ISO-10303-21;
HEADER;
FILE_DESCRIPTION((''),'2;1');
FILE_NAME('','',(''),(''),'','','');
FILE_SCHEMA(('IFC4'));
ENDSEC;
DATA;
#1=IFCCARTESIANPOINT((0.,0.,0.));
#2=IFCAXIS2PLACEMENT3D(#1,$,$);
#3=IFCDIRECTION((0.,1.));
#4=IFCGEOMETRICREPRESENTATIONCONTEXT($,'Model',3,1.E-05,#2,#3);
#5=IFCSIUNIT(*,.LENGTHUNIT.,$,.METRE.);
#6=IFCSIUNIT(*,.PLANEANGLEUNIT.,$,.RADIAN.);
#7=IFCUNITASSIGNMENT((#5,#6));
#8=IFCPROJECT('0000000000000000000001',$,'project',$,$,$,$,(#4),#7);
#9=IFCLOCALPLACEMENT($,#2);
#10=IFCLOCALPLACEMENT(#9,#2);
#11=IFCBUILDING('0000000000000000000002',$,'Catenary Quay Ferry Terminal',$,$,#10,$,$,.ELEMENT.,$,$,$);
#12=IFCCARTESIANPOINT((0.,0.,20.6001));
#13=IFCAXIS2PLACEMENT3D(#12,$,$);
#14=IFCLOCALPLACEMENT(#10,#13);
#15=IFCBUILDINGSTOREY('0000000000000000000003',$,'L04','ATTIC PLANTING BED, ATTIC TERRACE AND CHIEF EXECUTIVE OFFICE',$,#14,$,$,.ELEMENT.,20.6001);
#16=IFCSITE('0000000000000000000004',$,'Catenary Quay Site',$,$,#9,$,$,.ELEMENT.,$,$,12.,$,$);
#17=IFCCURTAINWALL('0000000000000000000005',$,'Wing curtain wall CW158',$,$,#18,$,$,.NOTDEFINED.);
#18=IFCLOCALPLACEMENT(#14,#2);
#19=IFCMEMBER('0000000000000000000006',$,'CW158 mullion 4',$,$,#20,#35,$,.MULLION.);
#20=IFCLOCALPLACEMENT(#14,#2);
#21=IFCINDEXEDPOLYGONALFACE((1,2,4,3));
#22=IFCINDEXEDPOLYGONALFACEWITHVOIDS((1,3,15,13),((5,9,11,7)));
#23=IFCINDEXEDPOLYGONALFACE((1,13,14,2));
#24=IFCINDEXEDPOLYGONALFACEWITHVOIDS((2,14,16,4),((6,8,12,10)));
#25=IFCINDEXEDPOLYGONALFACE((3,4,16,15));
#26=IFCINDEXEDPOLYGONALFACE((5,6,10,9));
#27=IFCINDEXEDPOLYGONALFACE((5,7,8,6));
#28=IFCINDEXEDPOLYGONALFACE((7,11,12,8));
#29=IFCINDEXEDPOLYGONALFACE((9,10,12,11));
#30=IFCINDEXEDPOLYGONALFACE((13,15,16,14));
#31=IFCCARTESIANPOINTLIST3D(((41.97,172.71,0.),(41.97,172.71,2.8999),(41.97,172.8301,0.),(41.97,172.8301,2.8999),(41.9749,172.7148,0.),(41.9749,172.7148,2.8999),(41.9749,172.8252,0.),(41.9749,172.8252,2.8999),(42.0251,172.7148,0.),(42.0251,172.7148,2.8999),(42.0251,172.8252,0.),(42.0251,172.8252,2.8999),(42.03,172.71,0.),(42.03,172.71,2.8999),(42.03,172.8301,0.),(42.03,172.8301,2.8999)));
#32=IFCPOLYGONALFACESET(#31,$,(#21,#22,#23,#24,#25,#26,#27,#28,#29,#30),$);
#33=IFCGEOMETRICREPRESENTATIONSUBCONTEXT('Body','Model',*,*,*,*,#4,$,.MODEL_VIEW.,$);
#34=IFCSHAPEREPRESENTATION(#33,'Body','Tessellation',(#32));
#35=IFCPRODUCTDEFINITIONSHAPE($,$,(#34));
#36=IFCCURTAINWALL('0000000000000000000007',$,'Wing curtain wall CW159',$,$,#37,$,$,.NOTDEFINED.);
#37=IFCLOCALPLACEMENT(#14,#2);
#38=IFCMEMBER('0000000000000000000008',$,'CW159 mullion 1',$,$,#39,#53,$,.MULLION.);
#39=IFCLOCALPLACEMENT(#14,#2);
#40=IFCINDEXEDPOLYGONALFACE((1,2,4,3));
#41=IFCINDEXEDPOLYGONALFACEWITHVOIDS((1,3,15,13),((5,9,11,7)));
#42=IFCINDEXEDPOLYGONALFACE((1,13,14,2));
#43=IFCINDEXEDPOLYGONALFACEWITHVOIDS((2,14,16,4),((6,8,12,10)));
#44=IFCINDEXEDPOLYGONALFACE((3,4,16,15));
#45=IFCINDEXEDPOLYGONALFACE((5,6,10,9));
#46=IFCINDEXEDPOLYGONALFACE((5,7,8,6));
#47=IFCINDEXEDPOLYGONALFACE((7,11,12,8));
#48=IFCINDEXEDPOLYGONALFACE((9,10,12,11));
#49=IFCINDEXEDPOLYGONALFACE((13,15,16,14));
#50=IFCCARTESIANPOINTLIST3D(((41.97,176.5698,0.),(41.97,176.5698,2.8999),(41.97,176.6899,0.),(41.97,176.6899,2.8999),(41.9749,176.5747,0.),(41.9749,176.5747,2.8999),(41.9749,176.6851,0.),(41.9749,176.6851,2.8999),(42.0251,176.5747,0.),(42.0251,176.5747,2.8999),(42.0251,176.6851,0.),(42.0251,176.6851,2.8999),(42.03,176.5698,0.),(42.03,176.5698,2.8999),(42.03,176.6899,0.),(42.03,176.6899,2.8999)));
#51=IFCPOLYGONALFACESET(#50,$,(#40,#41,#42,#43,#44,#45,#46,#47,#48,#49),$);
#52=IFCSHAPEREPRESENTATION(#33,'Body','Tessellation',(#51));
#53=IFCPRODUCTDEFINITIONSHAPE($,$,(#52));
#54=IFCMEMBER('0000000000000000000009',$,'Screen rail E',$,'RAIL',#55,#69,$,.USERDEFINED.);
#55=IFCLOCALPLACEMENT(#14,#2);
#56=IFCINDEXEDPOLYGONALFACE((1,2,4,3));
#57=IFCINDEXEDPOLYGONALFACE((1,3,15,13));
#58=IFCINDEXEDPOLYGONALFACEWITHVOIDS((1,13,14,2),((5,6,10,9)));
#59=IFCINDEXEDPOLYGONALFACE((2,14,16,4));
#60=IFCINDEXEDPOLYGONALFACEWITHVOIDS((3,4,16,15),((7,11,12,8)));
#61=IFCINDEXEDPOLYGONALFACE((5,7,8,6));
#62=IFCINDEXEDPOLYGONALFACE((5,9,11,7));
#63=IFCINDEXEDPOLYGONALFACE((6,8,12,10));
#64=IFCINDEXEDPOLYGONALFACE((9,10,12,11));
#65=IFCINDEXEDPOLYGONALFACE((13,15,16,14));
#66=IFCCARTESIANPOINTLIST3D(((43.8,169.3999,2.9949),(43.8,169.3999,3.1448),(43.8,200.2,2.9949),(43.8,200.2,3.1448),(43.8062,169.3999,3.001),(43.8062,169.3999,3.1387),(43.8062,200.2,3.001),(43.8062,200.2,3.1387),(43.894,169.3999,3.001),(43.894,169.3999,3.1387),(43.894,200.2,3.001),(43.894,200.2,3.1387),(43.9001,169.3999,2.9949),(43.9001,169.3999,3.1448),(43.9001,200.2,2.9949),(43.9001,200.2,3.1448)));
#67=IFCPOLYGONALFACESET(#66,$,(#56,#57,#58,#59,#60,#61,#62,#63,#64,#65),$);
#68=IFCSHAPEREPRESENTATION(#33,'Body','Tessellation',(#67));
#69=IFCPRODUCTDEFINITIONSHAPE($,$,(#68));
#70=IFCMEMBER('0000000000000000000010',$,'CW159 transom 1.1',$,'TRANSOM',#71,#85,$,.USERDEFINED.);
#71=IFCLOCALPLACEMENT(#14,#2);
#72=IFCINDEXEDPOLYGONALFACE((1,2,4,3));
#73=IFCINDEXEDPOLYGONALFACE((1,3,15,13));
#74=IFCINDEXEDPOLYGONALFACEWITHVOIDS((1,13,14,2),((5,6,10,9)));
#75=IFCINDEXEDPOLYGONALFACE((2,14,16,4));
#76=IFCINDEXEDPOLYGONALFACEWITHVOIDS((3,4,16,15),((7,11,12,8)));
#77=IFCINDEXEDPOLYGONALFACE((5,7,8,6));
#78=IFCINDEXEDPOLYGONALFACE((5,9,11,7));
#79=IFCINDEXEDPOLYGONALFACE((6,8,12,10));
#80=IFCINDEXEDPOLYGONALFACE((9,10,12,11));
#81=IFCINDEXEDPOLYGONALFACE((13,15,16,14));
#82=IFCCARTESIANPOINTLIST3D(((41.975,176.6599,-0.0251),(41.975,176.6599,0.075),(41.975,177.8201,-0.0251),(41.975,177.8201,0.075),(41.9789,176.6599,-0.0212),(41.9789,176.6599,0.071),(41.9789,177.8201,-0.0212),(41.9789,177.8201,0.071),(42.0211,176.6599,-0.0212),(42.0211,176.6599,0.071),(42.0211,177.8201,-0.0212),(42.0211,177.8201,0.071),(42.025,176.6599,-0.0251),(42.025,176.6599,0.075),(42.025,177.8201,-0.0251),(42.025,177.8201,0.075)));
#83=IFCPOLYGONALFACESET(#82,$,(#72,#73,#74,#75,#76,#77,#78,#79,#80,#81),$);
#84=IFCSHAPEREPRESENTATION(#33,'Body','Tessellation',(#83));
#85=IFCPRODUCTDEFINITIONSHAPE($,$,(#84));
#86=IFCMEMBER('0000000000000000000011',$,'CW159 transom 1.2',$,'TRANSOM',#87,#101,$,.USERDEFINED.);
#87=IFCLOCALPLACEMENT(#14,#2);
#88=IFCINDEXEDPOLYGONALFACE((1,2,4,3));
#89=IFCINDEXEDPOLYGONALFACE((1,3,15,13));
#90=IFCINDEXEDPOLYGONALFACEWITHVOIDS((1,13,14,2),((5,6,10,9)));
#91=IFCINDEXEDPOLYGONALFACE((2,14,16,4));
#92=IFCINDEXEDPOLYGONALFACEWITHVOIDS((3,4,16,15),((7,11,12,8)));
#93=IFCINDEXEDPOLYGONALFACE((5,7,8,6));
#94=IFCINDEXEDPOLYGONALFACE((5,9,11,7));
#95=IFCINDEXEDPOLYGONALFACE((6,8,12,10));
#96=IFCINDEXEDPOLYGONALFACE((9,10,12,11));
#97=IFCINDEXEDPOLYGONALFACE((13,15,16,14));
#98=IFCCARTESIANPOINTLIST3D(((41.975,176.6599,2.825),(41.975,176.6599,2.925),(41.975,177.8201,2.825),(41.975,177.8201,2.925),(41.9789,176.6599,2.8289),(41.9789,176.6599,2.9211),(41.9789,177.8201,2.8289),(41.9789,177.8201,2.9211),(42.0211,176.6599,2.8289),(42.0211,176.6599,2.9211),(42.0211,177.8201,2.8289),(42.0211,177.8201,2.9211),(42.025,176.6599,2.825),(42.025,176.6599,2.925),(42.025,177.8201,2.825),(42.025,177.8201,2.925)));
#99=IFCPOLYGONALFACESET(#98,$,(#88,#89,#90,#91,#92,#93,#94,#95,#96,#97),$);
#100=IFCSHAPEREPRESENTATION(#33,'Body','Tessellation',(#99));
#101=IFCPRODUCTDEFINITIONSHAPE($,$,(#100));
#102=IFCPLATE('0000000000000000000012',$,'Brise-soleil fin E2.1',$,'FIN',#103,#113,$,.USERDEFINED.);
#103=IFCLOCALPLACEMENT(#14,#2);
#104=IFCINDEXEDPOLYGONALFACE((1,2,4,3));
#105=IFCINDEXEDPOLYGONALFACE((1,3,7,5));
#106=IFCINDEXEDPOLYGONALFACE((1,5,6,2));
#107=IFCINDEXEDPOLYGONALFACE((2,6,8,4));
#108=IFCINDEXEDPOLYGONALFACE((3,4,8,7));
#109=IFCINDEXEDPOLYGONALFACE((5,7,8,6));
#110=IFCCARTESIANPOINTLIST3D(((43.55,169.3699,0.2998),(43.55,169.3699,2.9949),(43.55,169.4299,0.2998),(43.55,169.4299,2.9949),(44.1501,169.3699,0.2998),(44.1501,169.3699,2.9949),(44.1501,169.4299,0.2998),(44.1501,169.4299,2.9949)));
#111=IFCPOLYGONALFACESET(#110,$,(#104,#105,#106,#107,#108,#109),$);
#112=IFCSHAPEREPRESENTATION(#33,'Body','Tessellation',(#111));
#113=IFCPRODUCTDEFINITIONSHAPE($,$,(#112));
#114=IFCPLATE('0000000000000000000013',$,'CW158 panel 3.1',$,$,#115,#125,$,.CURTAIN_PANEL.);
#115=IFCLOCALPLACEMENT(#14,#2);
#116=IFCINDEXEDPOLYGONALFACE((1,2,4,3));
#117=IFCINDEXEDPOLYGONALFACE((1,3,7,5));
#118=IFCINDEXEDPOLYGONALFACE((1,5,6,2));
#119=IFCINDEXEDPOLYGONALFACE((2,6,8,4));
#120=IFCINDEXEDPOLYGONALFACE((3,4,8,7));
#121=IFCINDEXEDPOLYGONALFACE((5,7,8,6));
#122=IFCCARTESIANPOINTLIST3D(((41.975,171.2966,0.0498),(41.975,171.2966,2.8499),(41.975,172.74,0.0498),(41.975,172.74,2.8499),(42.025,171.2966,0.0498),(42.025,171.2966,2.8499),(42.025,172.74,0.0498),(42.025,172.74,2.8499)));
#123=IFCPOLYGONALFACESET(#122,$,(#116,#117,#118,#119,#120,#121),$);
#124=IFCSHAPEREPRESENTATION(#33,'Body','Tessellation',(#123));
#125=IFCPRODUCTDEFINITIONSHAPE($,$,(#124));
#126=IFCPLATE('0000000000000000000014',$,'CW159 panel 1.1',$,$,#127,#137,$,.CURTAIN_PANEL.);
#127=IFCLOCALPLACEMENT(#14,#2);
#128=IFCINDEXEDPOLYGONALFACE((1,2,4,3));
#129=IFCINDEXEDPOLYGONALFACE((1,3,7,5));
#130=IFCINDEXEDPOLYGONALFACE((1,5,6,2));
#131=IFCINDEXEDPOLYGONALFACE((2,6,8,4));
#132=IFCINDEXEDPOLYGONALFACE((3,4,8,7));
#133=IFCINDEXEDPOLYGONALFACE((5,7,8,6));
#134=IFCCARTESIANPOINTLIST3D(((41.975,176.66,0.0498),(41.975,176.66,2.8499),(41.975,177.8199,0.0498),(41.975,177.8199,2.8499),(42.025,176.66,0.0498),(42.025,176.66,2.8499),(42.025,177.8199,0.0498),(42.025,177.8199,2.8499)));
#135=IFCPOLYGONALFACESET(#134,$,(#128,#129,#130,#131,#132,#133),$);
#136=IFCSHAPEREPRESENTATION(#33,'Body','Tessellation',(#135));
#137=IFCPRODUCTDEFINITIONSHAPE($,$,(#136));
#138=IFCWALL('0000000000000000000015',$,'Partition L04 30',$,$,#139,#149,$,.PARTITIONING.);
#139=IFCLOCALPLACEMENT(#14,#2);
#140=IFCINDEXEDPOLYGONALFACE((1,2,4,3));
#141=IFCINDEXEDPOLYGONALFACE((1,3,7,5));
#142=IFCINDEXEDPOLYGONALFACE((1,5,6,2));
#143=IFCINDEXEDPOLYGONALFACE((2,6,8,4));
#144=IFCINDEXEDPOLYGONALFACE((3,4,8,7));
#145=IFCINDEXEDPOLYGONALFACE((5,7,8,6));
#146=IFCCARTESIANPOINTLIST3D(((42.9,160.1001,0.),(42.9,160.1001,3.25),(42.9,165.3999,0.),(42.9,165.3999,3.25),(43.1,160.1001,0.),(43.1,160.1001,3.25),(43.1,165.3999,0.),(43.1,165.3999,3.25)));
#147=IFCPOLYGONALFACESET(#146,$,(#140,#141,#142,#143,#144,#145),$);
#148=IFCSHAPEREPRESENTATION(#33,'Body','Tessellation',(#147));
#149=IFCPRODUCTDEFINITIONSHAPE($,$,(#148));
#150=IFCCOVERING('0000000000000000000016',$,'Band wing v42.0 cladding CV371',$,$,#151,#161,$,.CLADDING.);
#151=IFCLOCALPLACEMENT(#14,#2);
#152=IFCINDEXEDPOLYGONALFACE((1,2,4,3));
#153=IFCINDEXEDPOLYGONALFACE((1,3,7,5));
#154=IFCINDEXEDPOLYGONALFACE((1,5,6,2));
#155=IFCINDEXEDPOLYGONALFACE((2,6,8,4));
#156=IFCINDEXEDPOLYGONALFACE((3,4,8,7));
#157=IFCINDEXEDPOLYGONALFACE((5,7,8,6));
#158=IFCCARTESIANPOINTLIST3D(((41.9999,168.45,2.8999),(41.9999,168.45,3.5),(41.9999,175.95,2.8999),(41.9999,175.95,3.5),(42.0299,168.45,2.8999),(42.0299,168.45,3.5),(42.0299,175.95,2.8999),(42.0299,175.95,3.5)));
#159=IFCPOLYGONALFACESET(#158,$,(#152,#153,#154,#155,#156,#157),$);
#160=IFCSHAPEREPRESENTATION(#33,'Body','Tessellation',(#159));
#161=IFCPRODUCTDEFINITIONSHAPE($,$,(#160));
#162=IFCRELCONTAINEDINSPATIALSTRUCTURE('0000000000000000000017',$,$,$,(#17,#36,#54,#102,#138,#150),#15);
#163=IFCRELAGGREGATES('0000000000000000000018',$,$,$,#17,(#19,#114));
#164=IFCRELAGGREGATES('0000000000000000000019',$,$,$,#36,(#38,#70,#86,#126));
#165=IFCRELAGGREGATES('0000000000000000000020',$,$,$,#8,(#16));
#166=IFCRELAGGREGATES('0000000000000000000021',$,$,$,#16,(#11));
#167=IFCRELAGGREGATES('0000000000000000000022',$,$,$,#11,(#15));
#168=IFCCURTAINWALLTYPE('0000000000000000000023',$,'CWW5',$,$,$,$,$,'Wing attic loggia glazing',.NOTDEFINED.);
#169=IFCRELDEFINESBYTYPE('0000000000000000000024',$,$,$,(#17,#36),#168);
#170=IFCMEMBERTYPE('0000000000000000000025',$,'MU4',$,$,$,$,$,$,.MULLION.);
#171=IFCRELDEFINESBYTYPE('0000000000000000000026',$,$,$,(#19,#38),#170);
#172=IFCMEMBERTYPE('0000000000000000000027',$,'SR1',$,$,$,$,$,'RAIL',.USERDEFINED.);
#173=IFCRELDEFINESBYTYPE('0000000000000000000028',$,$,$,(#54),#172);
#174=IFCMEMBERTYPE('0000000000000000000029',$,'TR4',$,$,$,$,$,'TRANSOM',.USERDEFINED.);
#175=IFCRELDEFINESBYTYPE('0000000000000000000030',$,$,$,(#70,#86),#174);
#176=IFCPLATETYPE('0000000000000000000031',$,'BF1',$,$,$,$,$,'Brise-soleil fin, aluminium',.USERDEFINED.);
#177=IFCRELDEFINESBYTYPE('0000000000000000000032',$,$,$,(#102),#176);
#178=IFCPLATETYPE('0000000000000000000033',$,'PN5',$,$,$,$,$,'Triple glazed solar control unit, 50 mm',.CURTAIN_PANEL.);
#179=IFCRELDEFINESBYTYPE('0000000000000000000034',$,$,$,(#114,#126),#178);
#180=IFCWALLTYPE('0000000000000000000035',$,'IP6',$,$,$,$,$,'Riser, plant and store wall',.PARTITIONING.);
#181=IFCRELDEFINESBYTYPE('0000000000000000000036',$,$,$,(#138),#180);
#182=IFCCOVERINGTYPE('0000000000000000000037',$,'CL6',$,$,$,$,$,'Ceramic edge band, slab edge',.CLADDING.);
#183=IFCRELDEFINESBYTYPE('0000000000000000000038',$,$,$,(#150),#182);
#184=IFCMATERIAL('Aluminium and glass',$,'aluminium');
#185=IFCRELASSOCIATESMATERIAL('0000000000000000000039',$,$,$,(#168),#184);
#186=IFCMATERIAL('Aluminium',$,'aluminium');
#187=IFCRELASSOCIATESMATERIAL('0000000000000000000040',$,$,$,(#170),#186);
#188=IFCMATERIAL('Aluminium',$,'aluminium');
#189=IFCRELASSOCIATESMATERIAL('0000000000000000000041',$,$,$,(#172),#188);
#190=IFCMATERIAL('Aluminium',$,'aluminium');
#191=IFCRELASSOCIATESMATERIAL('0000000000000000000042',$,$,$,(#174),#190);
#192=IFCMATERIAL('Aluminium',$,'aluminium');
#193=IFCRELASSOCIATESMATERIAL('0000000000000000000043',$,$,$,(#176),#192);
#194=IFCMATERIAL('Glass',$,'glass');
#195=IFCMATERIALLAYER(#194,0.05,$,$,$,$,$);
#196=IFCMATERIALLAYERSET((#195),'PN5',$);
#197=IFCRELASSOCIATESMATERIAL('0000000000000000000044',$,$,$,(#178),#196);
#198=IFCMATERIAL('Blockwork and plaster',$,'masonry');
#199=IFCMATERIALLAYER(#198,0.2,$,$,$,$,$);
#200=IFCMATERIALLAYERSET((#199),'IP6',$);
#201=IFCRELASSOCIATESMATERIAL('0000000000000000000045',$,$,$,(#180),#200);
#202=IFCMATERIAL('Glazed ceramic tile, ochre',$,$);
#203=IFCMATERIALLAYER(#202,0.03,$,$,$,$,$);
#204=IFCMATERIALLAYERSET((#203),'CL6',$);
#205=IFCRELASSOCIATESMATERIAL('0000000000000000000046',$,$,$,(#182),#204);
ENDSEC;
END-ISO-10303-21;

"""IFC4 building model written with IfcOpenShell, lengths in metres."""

from ifc_helpers import new_model, si_unit, direction, frame, frame_2d, origin, origin_2d, place, context, subcontext, project, spatial, rectangle, hollow_rectangle, extrude, material, layer, layer_set, material_profile, profile_set, type_object, element, aggregate, save


model = new_model("IFC4")

# Units and contexts
model_context = context("Model", 3, precision=1e-05, world=origin(), true_north=direction((0.0, 1.0)))
body_context = subcontext(model_context, "Body", "Model", "MODEL_VIEW")
ifc_project = project(units=[si_unit("LENGTHUNIT", "METRE"), si_unit("PLANEANGLEUNIT", "RADIAN")], contexts=[model_context])

# Site, building, storey
site_placement = place(None, origin())
site = spatial("IfcSite", under=ifc_project, at=site_placement, Name="Catenary Quay Site", CompositionType="ELEMENT", RefElevation=12.0)
building_placement = place(site_placement, origin())
building = spatial("IfcBuilding", under=site, at=building_placement, Name="Catenary Quay Ferry Terminal", CompositionType="ELEMENT")
storey_placement = place(building_placement, frame((0.0, 0.0, 20.6001)))
storey = spatial("IfcBuildingStorey", under=building, at=storey_placement, Name="L04", Description="ATTIC PLANTING BED, ATTIC TERRACE AND CHIEF EXECUTIVE OFFICE", CompositionType="ELEMENT", Elevation=20.6001)

# Curtain walls, members
ifc_material_1 = material(Name="Aluminium and glass", Category="aluminium")
curtain_wall_type = type_object("IfcCurtainWallType", Name="CWW5", ElementType="Wing attic loggia glazing", PredefinedType="NOTDEFINED", material=ifc_material_1)
curtain_wall_1_placement = place(storey_placement, origin())
curtain_wall_1 = element("IfcCurtainWall", 1, at=curtain_wall_1_placement, inside=storey, type_object=curtain_wall_type, Name="Wing curtain wall CW158", PredefinedType="NOTDEFINED")
ifc_material_2 = material(Name="Aluminium", Category="aluminium")
ifc_material_profile_1 = material_profile(ifc_material_2, hollow_rectangle(XDim=0.0601, YDim=0.1201, WallThickness=0.0049, at=origin_2d()), Name="MU4")
ifc_profile_set_1 = profile_set([ifc_material_profile_1], Name="Aluminium")
member_type_1 = type_object("IfcMemberType", Name="MU4", PredefinedType="MULLION", material=ifc_profile_set_1)
member_1_placement = place(storey_placement, frame((42.0, 172.77, 0.0), z_axis=(0.0, 0.0, 1.0), x_axis=(-1.0, 0.0, 0.0)))
member_1 = element("IfcMember", 2, at=member_1_placement, type_object=member_type_1, Name="CW158 mullion 4", PredefinedType="MULLION", context=body_context, shape_type="SweptSolid", body=[
    extrude(hollow_rectangle(XDim=0.0601, YDim=0.1201, WallThickness=0.0049, at=origin_2d()), origin(), (0.0, 0.0, 1.0), 2.8999),
])
curtain_wall_2_placement = place(storey_placement, origin())
curtain_wall_2 = element("IfcCurtainWall", 3, at=curtain_wall_2_placement, inside=storey, type_object=curtain_wall_type, Name="Wing curtain wall CW159", PredefinedType="NOTDEFINED")
member_2_placement = place(storey_placement, frame((42.0, 176.6299, 0.0), z_axis=(0.0, 0.0, 1.0), x_axis=(-1.0, 0.0, 0.0)))
member_2 = element("IfcMember", 4, at=member_2_placement, type_object=member_type_1, Name="CW159 mullion 1", PredefinedType="MULLION", context=body_context, shape_type="SweptSolid", body=[
    extrude(hollow_rectangle(XDim=0.0601, YDim=0.1201, WallThickness=0.0049, at=origin_2d()), origin(), (0.0, 0.0, 1.0), 2.8999),
])

# Members
ifc_material_3 = material(Name="Aluminium", Category="aluminium")
ifc_material_profile_2 = material_profile(ifc_material_3, hollow_rectangle(XDim=0.1001, YDim=0.1499, WallThickness=0.0061, at=origin_2d()), Name="SR1")
ifc_profile_set_2 = profile_set([ifc_material_profile_2], Name="Aluminium")
member_type_2 = type_object("IfcMemberType", Name="SR1", ElementType="RAIL", PredefinedType="USERDEFINED", material=ifc_profile_set_2)
member_3_placement = place(storey_placement, frame((43.8501, 169.3999, 3.0698), z_axis=(0.0, 1.0, 0.0), x_axis=(1.0, 0.0, 0.0)))
element("IfcMember", 5, at=member_3_placement, inside=storey, type_object=member_type_2, Name="Screen rail E", ObjectType="RAIL", PredefinedType="USERDEFINED", context=body_context, shape_type="SweptSolid", body=[
    extrude(hollow_rectangle(XDim=0.1001, YDim=0.1499, WallThickness=0.0061, at=origin_2d()), origin(), (0.0, 0.0, 1.0), 30.8),
])
ifc_material_4 = material(Name="Aluminium", Category="aluminium")
ifc_material_profile_3 = material_profile(ifc_material_4, hollow_rectangle(XDim=0.05, YDim=0.1001, WallThickness=0.0039, at=origin_2d()), Name="TR4")
ifc_profile_set_3 = profile_set([ifc_material_profile_3], Name="Aluminium")
member_type_3 = type_object("IfcMemberType", Name="TR4", ElementType="TRANSOM", PredefinedType="USERDEFINED", material=ifc_profile_set_3)
member_4_placement = place(storey_placement, frame((42.0, 176.6599, 0.0249), z_axis=(0.0, 1.0, 0.0), x_axis=(-1.0, 0.0, 0.0)))
member_4 = element("IfcMember", 6, at=member_4_placement, type_object=member_type_3, Name="CW159 transom 1.1", ObjectType="TRANSOM", PredefinedType="USERDEFINED", context=body_context, shape_type="SweptSolid", body=[
    extrude(hollow_rectangle(XDim=0.05, YDim=0.1001, WallThickness=0.0039, at=origin_2d()), origin(), (0.0, 0.0, 1.0), 1.1602),
])
member_5_placement = place(storey_placement, frame((42.0, 176.6599, 2.875), z_axis=(0.0, 1.0, 0.0), x_axis=(-1.0, 0.0, 0.0)))
member_5 = element("IfcMember", 7, at=member_5_placement, type_object=member_type_3, Name="CW159 transom 1.2", ObjectType="TRANSOM", PredefinedType="USERDEFINED", context=body_context, shape_type="SweptSolid", body=[
    extrude(hollow_rectangle(XDim=0.05, YDim=0.1001, WallThickness=0.0039, at=origin_2d()), origin(), (0.0, 0.0, 1.0), 1.1602),
])

# Plates
ifc_material_5 = material(Name="Aluminium", Category="aluminium")
ifc_material_profile_4 = material_profile(ifc_material_5, rectangle(XDim=0.0601, YDim=0.6001, at=origin_2d()), Name="BF1")
ifc_profile_set_4 = profile_set([ifc_material_profile_4], Name="Aluminium")
plate_type_1 = type_object("IfcPlateType", Name="BF1", ElementType="Brise-soleil fin, aluminium", PredefinedType="USERDEFINED", material=ifc_profile_set_4)
plate_1_placement = place(storey_placement, frame((43.8501, 169.3999, 0.2998), z_axis=(0.0, 0.0, 1.0), x_axis=(0.0, 1.0, 0.0)))
element("IfcPlate", 8, at=plate_1_placement, inside=storey, type_object=plate_type_1, Name="Brise-soleil fin E2.1", ObjectType="FIN", PredefinedType="USERDEFINED", context=body_context, shape_type="SweptSolid", body=[
    extrude(rectangle(XDim=0.0601, YDim=0.6001, at=origin_2d()), origin(), (0.0, 0.0, 1.0), 2.6951),
])
ifc_material_6 = material(Name="Glass", Category="glass")
ifc_layer_1 = layer(ifc_material_6, 0.05)
ifc_layer_set_1 = layer_set([ifc_layer_1], Name="PN5")
plate_type_2 = type_object("IfcPlateType", Name="PN5", ElementType="Triple glazed solar control unit, 50 mm", PredefinedType="CURTAIN_PANEL", material=ifc_layer_set_1)
plate_2_placement = place(storey_placement, frame((42.0, 172.0183, 0.0498), z_axis=(0.0, 0.0, 1.0), x_axis=(0.0, 1.0, 0.0)))
plate_2 = element("IfcPlate", 9, at=plate_2_placement, type_object=plate_type_2, Name="CW158 panel 3.1", PredefinedType="CURTAIN_PANEL", context=body_context, shape_type="SweptSolid", body=[
    extrude(rectangle(XDim=1.4434, YDim=0.05, at=origin_2d()), origin(), (0.0, 0.0, 1.0), 2.8),
])
aggregate(curtain_wall_1, [member_1, plate_2])
plate_3_placement = place(storey_placement, frame((42.0, 177.24, 0.0498), z_axis=(0.0, 0.0, 1.0), x_axis=(0.0, 1.0, 0.0)))
plate_3 = element("IfcPlate", 10, at=plate_3_placement, type_object=plate_type_2, Name="CW159 panel 1.1", PredefinedType="CURTAIN_PANEL", context=body_context, shape_type="SweptSolid", body=[
    extrude(rectangle(XDim=1.1599, YDim=0.05, at=origin_2d()), origin(), (0.0, 0.0, 1.0), 2.8),
])
aggregate(curtain_wall_2, [member_2, member_4, member_5, plate_3])

# Wall
ifc_material_7 = material(Name="Blockwork and plaster", Category="masonry")
ifc_layer_2 = layer(ifc_material_7, 0.2)
ifc_layer_set_2 = layer_set([ifc_layer_2], Name="IP6")
wall_type_1 = type_object("IfcWallType", Name="IP6", ElementType="Riser, plant and store wall", PredefinedType="PARTITIONING", material=ifc_layer_set_2)
wall_1_placement = place(storey_placement, frame((43.0, 160.1001, 0.0), z_axis=(0.0, 0.0, 1.0), x_axis=(0.0, 1.0, 0.0)))
element("IfcWall", 11, at=wall_1_placement, inside=storey, type_object=wall_type_1, Name="Partition L04 30", PredefinedType="PARTITIONING", context=body_context, shape_type="SweptSolid", body=[
    extrude(rectangle(XDim=5.2998, YDim=0.2, at=frame_2d((2.6499, 0.0))), origin(), (0.0, 0.0, 1.0), 3.25),
])

# Covering
ifc_material_8 = material(Name="Glazed ceramic tile, ochre")
ifc_layer_3 = layer(ifc_material_8, 0.03)
ifc_layer_set_3 = layer_set([ifc_layer_3], Name="CL6")
covering_type = type_object("IfcCoveringType", Name="CL6", ElementType="Ceramic edge band, slab edge", PredefinedType="CLADDING", material=ifc_layer_set_3)
covering_placement = place(storey_placement, frame((42.0149, 172.2, 2.8999), z_axis=(0.0, 0.0, 1.0), x_axis=(1.0, 0.0, 0.0)))
element("IfcCovering", 12, at=covering_placement, inside=storey, type_object=covering_type, Name="Band wing v42.0 cladding CV371", PredefinedType="CLADDING", context=body_context, shape_type="SweptSolid", body=[
    extrude(rectangle(XDim=0.03, YDim=7.5, at=origin_2d()), origin(), (0.0, 0.0, 1.0), 0.6001),
])

save(model, "model.ifc")
